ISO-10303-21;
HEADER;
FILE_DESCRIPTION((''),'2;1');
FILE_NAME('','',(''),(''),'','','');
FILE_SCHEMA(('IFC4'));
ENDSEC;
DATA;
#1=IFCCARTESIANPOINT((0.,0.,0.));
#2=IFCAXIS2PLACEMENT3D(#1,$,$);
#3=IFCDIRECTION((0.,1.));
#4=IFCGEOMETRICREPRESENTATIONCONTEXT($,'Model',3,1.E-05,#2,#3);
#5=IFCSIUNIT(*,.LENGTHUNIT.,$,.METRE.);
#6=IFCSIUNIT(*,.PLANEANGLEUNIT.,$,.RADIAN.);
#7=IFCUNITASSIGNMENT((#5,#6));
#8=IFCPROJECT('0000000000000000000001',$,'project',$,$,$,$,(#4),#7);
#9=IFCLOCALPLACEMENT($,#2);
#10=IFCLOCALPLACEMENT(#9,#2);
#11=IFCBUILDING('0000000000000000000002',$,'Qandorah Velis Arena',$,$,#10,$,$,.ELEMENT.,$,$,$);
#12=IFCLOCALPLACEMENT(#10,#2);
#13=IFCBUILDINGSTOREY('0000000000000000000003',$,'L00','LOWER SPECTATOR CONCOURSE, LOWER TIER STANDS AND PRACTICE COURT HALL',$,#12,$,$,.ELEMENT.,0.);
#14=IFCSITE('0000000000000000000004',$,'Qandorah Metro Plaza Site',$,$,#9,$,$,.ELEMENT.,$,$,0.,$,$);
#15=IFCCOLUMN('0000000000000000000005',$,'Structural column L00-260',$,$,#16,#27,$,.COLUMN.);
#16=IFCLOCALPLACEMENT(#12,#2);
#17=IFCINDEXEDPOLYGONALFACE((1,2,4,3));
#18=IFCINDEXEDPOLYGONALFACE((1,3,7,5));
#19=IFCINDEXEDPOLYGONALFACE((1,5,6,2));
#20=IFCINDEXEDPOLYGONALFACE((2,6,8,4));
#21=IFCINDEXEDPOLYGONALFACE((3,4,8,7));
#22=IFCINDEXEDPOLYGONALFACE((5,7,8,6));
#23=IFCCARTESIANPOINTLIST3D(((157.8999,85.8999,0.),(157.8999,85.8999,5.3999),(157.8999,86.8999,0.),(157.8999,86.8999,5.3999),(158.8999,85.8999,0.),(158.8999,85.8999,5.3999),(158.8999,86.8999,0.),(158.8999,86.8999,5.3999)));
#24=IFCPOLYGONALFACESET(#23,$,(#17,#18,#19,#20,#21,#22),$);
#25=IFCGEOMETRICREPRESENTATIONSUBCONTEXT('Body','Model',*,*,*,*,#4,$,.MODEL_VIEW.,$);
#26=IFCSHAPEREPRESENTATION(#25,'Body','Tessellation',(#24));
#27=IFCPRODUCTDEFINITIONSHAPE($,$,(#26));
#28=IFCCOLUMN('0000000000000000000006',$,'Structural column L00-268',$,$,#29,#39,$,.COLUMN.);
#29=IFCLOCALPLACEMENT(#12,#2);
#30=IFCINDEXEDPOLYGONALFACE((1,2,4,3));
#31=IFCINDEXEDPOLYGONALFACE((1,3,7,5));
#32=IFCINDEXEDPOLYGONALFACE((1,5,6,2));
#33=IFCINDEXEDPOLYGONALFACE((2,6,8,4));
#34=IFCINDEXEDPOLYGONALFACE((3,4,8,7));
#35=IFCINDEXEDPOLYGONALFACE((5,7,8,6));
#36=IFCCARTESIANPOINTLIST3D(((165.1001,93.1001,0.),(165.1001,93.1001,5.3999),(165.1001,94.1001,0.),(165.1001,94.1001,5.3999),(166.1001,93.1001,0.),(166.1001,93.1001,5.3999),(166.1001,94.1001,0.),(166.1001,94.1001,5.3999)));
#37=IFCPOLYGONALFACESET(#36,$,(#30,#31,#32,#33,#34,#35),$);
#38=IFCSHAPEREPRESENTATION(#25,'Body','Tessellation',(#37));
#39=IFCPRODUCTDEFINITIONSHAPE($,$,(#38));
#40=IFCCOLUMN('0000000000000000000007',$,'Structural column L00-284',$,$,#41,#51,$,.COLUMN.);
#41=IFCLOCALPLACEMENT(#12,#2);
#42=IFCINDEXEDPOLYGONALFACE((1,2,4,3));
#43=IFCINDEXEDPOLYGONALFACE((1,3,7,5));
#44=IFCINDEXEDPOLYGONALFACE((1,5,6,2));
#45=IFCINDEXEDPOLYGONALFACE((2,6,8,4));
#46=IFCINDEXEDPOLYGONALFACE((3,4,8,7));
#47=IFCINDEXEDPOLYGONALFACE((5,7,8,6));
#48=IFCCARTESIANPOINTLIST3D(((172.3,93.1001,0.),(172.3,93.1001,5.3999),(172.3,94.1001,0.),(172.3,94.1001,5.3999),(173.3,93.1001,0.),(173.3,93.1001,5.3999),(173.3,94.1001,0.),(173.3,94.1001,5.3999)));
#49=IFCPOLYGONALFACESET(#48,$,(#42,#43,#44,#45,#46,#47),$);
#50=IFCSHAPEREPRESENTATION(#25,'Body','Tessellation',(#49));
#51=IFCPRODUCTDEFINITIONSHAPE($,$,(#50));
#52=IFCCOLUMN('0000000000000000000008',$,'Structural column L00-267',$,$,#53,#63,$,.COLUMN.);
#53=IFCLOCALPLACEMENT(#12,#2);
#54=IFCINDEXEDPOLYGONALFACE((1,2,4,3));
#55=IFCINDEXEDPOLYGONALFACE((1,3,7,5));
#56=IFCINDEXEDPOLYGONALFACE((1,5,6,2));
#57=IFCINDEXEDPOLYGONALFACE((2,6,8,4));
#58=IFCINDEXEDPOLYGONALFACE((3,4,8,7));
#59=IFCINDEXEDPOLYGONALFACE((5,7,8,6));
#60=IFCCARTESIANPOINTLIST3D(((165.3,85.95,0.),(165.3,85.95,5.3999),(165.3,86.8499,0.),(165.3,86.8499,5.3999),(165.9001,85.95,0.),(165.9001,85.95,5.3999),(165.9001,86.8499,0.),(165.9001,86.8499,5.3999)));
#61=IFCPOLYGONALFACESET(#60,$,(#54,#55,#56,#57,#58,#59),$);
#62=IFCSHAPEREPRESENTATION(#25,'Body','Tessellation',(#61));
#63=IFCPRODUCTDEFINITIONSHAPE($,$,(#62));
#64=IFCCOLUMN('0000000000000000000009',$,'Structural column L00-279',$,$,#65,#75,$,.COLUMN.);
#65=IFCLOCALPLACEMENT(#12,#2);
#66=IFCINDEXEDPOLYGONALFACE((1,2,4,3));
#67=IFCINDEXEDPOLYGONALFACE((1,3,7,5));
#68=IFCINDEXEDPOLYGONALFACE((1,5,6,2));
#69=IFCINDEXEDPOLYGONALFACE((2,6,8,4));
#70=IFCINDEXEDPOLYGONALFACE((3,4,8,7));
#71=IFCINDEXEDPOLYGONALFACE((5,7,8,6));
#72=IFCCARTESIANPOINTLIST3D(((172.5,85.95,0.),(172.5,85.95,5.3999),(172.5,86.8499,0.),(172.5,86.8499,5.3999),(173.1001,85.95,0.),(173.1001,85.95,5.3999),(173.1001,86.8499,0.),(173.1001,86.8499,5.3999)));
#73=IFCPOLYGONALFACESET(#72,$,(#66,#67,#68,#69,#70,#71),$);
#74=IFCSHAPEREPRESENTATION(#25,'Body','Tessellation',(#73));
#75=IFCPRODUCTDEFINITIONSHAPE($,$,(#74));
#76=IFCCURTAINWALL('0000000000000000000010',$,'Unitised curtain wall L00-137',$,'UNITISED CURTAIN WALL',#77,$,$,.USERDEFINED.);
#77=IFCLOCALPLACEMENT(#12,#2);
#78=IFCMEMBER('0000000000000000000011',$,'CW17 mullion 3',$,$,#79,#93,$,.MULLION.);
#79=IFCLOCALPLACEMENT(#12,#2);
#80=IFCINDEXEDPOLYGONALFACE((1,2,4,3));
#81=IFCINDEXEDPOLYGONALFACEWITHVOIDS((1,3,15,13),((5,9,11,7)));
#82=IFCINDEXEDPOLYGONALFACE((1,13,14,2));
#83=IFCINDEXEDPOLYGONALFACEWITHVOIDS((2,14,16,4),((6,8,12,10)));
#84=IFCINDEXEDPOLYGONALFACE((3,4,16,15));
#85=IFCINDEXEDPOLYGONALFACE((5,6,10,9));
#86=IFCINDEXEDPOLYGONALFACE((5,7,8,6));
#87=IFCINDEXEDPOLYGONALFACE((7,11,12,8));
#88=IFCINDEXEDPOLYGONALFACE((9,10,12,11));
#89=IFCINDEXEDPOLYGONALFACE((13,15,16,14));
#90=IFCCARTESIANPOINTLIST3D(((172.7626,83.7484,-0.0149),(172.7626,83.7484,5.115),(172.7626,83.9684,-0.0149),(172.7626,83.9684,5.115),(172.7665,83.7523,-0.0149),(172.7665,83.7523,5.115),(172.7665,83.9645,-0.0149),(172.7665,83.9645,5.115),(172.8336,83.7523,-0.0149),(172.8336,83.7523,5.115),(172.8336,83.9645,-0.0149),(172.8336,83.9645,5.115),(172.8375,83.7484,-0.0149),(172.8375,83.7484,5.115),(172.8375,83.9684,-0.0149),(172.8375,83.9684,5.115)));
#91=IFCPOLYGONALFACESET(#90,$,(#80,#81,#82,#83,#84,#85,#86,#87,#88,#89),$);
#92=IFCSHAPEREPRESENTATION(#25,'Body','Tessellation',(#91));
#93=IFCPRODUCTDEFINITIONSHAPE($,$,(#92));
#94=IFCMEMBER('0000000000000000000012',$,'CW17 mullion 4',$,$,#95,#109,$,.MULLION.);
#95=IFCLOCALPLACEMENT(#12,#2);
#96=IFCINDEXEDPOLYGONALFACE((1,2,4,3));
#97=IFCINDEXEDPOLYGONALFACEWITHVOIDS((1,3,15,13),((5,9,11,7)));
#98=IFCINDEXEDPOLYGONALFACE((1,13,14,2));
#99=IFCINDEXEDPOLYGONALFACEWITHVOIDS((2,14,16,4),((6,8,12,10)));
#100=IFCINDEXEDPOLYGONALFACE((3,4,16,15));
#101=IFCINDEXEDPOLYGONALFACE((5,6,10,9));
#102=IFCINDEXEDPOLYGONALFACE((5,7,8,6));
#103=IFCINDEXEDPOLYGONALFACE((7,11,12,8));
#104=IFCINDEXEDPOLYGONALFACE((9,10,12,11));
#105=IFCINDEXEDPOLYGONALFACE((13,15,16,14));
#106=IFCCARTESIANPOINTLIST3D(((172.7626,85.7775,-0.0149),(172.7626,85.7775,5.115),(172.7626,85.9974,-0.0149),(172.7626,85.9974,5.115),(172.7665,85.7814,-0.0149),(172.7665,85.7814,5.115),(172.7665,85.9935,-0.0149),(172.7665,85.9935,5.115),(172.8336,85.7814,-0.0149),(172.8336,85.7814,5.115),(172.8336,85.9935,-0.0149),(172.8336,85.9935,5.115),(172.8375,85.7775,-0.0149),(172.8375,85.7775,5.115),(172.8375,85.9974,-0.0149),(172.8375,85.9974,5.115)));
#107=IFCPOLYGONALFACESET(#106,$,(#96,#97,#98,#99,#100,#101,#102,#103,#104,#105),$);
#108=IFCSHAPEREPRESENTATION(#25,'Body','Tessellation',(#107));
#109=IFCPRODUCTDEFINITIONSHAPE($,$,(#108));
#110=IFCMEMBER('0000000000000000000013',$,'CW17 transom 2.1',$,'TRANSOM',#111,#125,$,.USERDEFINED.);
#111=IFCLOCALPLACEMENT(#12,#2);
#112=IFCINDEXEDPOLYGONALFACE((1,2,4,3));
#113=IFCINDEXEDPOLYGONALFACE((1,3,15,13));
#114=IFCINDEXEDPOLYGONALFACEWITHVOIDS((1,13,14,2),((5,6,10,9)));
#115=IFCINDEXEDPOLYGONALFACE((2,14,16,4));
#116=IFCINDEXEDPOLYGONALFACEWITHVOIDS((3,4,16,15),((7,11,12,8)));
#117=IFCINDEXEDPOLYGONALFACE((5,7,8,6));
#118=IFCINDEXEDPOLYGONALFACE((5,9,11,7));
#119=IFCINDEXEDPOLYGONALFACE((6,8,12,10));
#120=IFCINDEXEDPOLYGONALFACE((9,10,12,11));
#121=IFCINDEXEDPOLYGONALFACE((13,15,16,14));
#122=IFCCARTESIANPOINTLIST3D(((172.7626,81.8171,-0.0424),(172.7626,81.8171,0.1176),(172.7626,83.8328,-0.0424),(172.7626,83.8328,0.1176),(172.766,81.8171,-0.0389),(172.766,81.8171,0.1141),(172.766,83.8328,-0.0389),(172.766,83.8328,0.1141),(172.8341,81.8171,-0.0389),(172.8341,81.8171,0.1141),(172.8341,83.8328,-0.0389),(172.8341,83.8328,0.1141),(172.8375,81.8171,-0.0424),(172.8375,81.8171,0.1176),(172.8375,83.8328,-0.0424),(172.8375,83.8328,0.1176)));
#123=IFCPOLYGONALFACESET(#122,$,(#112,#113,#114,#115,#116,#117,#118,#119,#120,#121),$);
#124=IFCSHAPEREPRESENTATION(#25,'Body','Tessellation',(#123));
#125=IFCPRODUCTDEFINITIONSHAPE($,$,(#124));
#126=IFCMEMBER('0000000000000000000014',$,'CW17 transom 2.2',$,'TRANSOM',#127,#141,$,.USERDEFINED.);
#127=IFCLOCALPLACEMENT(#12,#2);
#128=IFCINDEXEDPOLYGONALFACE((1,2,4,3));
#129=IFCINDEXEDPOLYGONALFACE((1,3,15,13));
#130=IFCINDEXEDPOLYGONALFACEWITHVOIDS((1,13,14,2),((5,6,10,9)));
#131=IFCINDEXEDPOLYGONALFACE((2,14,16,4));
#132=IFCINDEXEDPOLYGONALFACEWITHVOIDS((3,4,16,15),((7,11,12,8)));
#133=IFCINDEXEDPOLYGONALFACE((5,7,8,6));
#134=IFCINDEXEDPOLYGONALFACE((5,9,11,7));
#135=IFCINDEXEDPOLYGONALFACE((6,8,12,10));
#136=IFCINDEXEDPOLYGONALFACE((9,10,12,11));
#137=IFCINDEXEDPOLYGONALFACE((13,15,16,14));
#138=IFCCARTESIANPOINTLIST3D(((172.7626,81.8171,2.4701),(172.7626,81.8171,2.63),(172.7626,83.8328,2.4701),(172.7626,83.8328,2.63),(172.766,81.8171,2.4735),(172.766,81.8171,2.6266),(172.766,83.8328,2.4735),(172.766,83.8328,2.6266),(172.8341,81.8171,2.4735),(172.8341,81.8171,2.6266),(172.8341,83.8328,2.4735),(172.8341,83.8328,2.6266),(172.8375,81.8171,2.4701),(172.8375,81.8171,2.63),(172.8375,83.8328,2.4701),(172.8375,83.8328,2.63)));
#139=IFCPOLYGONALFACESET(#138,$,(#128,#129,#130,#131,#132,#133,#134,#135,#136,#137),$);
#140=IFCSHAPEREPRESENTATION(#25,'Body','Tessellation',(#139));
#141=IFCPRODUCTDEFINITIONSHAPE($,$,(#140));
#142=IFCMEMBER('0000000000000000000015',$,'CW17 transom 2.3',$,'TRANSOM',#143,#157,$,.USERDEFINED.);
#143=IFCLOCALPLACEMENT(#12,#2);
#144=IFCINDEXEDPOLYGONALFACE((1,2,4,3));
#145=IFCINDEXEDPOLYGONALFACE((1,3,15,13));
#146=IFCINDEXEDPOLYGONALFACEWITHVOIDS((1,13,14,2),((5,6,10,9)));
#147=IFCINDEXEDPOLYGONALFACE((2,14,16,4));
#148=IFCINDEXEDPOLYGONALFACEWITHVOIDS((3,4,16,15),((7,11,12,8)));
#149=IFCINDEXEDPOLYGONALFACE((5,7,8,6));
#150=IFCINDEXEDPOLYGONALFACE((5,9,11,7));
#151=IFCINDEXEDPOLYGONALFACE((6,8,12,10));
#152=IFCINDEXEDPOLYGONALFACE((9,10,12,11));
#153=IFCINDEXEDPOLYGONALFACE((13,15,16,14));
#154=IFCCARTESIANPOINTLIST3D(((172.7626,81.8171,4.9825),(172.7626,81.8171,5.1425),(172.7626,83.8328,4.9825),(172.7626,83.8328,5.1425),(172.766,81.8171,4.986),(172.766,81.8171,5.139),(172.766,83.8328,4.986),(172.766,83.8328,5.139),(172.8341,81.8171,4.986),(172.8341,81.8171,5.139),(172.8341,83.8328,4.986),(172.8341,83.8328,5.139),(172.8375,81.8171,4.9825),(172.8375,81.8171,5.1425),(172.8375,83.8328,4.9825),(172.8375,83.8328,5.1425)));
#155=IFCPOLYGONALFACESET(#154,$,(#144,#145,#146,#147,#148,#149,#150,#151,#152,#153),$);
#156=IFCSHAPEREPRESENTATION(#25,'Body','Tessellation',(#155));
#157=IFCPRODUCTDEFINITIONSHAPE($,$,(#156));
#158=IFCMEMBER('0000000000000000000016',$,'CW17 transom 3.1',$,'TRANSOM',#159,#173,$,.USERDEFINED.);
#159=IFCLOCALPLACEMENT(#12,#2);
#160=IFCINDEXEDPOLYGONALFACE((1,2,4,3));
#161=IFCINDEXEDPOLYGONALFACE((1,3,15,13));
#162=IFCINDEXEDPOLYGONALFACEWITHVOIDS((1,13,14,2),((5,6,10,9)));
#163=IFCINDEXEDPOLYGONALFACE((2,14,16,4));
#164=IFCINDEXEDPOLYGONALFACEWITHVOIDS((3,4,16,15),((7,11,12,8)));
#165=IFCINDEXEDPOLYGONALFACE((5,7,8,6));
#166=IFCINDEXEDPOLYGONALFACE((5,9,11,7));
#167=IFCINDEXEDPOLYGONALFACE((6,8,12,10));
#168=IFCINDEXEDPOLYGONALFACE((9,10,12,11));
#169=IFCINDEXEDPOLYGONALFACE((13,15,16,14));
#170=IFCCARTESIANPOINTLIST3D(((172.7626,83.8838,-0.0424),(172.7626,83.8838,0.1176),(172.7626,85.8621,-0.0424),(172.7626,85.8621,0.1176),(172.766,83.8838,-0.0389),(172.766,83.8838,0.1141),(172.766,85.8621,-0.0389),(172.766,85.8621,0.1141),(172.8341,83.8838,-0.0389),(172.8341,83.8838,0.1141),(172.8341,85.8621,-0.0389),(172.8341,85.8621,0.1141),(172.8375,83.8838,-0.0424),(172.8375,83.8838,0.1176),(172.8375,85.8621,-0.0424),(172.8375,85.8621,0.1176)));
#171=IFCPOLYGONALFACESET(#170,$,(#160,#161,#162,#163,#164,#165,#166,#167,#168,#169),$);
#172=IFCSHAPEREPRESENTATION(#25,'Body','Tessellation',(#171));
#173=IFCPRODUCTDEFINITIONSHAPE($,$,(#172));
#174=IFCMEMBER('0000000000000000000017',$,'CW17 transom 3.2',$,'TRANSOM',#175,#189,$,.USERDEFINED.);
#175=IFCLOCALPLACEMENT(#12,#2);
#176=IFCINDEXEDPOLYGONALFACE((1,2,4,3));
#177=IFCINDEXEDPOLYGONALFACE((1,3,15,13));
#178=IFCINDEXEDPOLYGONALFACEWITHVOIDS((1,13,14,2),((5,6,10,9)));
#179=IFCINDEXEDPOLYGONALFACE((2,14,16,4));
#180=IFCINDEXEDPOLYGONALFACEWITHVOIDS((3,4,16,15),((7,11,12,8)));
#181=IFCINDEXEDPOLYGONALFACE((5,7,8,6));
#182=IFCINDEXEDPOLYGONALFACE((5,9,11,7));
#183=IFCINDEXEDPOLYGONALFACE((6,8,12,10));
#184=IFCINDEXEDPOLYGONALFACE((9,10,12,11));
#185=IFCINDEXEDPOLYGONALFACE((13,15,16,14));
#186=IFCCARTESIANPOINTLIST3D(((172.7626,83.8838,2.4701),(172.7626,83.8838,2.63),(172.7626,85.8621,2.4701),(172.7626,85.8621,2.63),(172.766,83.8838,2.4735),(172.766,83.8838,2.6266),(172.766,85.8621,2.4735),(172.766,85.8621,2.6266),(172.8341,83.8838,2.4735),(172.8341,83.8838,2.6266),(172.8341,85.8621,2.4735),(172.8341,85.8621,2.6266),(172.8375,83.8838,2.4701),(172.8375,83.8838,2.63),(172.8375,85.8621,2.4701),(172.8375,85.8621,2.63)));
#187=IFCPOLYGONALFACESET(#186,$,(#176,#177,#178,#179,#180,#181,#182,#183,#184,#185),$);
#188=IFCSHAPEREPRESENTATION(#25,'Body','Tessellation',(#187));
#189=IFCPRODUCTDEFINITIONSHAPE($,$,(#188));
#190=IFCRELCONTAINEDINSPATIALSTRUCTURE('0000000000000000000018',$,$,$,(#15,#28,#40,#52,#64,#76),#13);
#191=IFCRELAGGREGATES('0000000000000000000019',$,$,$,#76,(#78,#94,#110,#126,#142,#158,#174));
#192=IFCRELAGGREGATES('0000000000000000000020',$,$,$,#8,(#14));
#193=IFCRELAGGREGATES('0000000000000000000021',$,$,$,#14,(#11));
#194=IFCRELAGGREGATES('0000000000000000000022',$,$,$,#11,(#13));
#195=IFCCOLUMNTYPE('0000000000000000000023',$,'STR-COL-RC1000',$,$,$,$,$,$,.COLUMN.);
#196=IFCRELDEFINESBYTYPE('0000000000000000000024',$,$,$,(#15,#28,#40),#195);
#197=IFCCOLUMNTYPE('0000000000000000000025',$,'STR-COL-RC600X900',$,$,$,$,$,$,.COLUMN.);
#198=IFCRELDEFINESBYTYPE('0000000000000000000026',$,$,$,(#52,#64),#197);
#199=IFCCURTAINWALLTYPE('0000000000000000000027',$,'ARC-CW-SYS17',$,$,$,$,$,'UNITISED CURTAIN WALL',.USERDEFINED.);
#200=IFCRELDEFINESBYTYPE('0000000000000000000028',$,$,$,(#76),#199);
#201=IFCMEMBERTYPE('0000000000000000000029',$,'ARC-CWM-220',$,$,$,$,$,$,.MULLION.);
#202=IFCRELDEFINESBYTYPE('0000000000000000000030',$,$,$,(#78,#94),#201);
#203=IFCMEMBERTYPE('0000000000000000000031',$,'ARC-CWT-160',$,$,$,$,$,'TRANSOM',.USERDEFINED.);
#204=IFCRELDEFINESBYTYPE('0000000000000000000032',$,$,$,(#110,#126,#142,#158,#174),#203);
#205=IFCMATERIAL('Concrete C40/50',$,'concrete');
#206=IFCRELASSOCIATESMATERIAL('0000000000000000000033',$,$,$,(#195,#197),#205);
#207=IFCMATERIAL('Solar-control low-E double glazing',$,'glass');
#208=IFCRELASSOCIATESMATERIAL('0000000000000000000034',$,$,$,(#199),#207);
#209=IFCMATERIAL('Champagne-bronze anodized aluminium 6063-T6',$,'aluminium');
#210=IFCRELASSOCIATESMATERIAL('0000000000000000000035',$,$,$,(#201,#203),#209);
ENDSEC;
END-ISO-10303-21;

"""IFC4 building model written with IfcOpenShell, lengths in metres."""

from ifc_helpers import new_model, si_unit, direction, frame, origin, origin_2d, place, context, subcontext, project, spatial, rectangle, hollow_rectangle, extrude, material, material_profile, profile_set, type_object, element, aggregate, save


model = new_model("IFC4")

# Units and contexts
model_context = context("Model", 3, precision=1e-05, world=origin(), true_north=direction((0.0, 1.0)))
body_context = subcontext(model_context, "Body", "Model", "MODEL_VIEW")
ifc_project = project(units=[si_unit("LENGTHUNIT", "METRE"), si_unit("PLANEANGLEUNIT", "RADIAN")], contexts=[model_context])

# Site, building, storey
site_placement = place(None, origin())
site = spatial("IfcSite", under=ifc_project, at=site_placement, Name="Qandorah Metro Plaza Site", CompositionType="ELEMENT", RefElevation=0.0)
building_placement = place(site_placement, origin())
building = spatial("IfcBuilding", under=site, at=building_placement, Name="Qandorah Velis Arena", CompositionType="ELEMENT")
storey_placement = place(building_placement, origin())
storey = spatial("IfcBuildingStorey", under=building, at=storey_placement, Name="L00", Description="LOWER SPECTATOR CONCOURSE, LOWER TIER STANDS AND PRACTICE COURT HALL", CompositionType="ELEMENT", Elevation=0.0)

# Columns
ifc_material_1 = material(Name="Concrete C40/50", Category="concrete")
ifc_material_profile_1 = material_profile(ifc_material_1, rectangle(XDim=1.0, YDim=1.0, at=origin_2d()), Name="RC COL 1000x1000")
ifc_profile_set_1 = profile_set([ifc_material_profile_1], Name="Concrete C40/50")
column_type_1 = type_object("IfcColumnType", Name="STR-COL-RC1000", PredefinedType="COLUMN", material=ifc_profile_set_1)
for number, where, z_axis, x_axis, name in (
    (1, (158.3999, 86.3999, 0.0), (0.0, 0.0, 1.0), (1.0, 0.0, 0.0), "Structural column L00-260"),
    (2, (165.6001, 93.6001, 0.0), (0.0, 0.0, 1.0), (1.0, 0.0, 0.0), "Structural column L00-268"),
    (3, (172.8, 93.6001, 0.0), (0.0, 0.0, 1.0), (1.0, 0.0, 0.0), "Structural column L00-284"),
):
    element("IfcColumn", number, at=place(storey_placement, frame(where, z_axis=z_axis, x_axis=x_axis)), inside=storey, type_object=column_type_1, Name=name, PredefinedType="COLUMN", context=body_context, shape_type="SweptSolid", body=[
        extrude(rectangle(XDim=1.0, YDim=1.0, at=origin_2d()), origin(), (0.0, 0.0, 1.0), 5.3999),
    ])
ifc_material_profile_2 = material_profile(ifc_material_1, rectangle(XDim=0.6001, YDim=0.8999, at=origin_2d()), Name="RC COL 600x900")
ifc_profile_set_2 = profile_set([ifc_material_profile_2], Name="Concrete C40/50")
column_type_2 = type_object("IfcColumnType", Name="STR-COL-RC600X900", PredefinedType="COLUMN", material=ifc_profile_set_2)
for number, where, z_axis, x_axis, name in (
    (4, (165.6001, 86.3999, 0.0), (0.0, 0.0, 1.0), (1.0, 0.0, 0.0), "Structural column L00-267"),
    (5, (172.8, 86.3999, 0.0), (0.0, 0.0, 1.0), (1.0, 0.0, 0.0), "Structural column L00-279"),
):
    element("IfcColumn", number, at=place(storey_placement, frame(where, z_axis=z_axis, x_axis=x_axis)), inside=storey, type_object=column_type_2, Name=name, PredefinedType="COLUMN", context=body_context, shape_type="SweptSolid", body=[
        extrude(rectangle(XDim=0.6001, YDim=0.8999, at=origin_2d()), origin(), (0.0, 0.0, 1.0), 5.3999),
    ])

# Curtain wall, members
ifc_material_2 = material(Name="Solar-control low-E double glazing", Category="glass")
curtain_wall_type = type_object("IfcCurtainWallType", Name="ARC-CW-SYS17", ElementType="UNITISED CURTAIN WALL", PredefinedType="USERDEFINED", material=ifc_material_2)
curtain_wall_placement = place(storey_placement, origin())
curtain_wall = element("IfcCurtainWall", 6, at=curtain_wall_placement, inside=storey, type_object=curtain_wall_type, Name="Unitised curtain wall L00-137", ObjectType="UNITISED CURTAIN WALL", PredefinedType="USERDEFINED")
ifc_material_3 = material(Name="Champagne-bronze anodized aluminium 6063-T6", Category="aluminium")
ifc_material_profile_3 = material_profile(ifc_material_3, hollow_rectangle(XDim=0.075, YDim=0.22, WallThickness=0.0039, at=origin_2d()), Name="ALU MULLION 75x220")
ifc_profile_set_3 = profile_set([ifc_material_profile_3], Name="Champagne-bronze anodized aluminium 6063-T6")
member_type_1 = type_object("IfcMemberType", Name="ARC-CWM-220", PredefinedType="MULLION", material=ifc_profile_set_3)
member_1_placement = place(storey_placement, frame((172.8, 83.8584, -0.0149), z_axis=(0.0, 0.0, 1.0), x_axis=(-1.0, 0.0, 0.0)))
member_1 = element("IfcMember", 7, at=member_1_placement, type_object=member_type_1, Name="CW17 mullion 3", PredefinedType="MULLION", context=body_context, shape_type="SweptSolid", body=[
    extrude(hollow_rectangle(XDim=0.075, YDim=0.22, WallThickness=0.0039, at=origin_2d()), origin(), (0.0, 0.0, 1.0), 5.1299),
])
member_2_placement = place(storey_placement, frame((172.8, 85.8875, -0.0149), z_axis=(0.0, 0.0, 1.0), x_axis=(-1.0, 0.0, 0.0)))
member_2 = element("IfcMember", 8, at=member_2_placement, type_object=member_type_1, Name="CW17 mullion 4", PredefinedType="MULLION", context=body_context, shape_type="SweptSolid", body=[
    extrude(hollow_rectangle(XDim=0.075, YDim=0.22, WallThickness=0.0039, at=origin_2d()), origin(), (0.0, 0.0, 1.0), 5.1299),
])
ifc_material_profile_4 = material_profile(ifc_material_3, hollow_rectangle(XDim=0.075, YDim=0.1599, WallThickness=0.0034, at=origin_2d()), Name="ALU TRANSOM 75x160")
ifc_profile_set_4 = profile_set([ifc_material_profile_4], Name="Champagne-bronze anodized aluminium 6063-T6")
member_type_2 = type_object("IfcMemberType", Name="ARC-CWT-160", ElementType="TRANSOM", PredefinedType="USERDEFINED", material=ifc_profile_set_4)
member_3_placement = place(storey_placement, frame((172.8, 81.8171, 0.0376), z_axis=(0.0, 1.0, 0.0), x_axis=(-1.0, 0.0, 0.0)))
member_3 = element("IfcMember", 9, at=member_3_placement, type_object=member_type_2, Name="CW17 transom 2.1", ObjectType="TRANSOM", PredefinedType="USERDEFINED", context=body_context, shape_type="SweptSolid", body=[
    extrude(hollow_rectangle(XDim=0.075, YDim=0.1599, WallThickness=0.0034, at=origin_2d()), origin(), (0.0, 0.0, 1.0), 2.0156),
])
member_4_placement = place(storey_placement, frame((172.8, 81.8171, 2.55), z_axis=(0.0, 1.0, 0.0), x_axis=(-1.0, 0.0, 0.0)))
member_4 = element("IfcMember", 10, at=member_4_placement, type_object=member_type_2, Name="CW17 transom 2.2", ObjectType="TRANSOM", PredefinedType="USERDEFINED", context=body_context, shape_type="SweptSolid", body=[
    extrude(hollow_rectangle(XDim=0.075, YDim=0.1599, WallThickness=0.0034, at=origin_2d()), origin(), (0.0, 0.0, 1.0), 2.0156),
])
member_5_placement = place(storey_placement, frame((172.8, 81.8171, 5.0625), z_axis=(0.0, 1.0, 0.0), x_axis=(-1.0, 0.0, 0.0)))
member_5 = element("IfcMember", 11, at=member_5_placement, type_object=member_type_2, Name="CW17 transom 2.3", ObjectType="TRANSOM", PredefinedType="USERDEFINED", context=body_context, shape_type="SweptSolid", body=[
    extrude(hollow_rectangle(XDim=0.075, YDim=0.1599, WallThickness=0.0034, at=origin_2d()), origin(), (0.0, 0.0, 1.0), 2.0156),
])
member_6_placement = place(storey_placement, frame((172.8, 83.8838, 0.0376), z_axis=(0.0, 1.0, 0.0), x_axis=(-1.0, 0.0, 0.0)))
member_6 = element("IfcMember", 12, at=member_6_placement, type_object=member_type_2, Name="CW17 transom 3.1", ObjectType="TRANSOM", PredefinedType="USERDEFINED", context=body_context, shape_type="SweptSolid", body=[
    extrude(hollow_rectangle(XDim=0.075, YDim=0.1599, WallThickness=0.0034, at=origin_2d()), origin(), (0.0, 0.0, 1.0), 1.9783),
])
member_7_placement = place(storey_placement, frame((172.8, 83.8838, 2.55), z_axis=(0.0, 1.0, 0.0), x_axis=(-1.0, 0.0, 0.0)))
member_7 = element("IfcMember", 13, at=member_7_placement, type_object=member_type_2, Name="CW17 transom 3.2", ObjectType="TRANSOM", PredefinedType="USERDEFINED", context=body_context, shape_type="SweptSolid", body=[
    extrude(hollow_rectangle(XDim=0.075, YDim=0.1599, WallThickness=0.0034, at=origin_2d()), origin(), (0.0, 0.0, 1.0), 1.9783),
])

aggregate(curtain_wall, [member_1, member_2, member_3, member_4, member_5, member_6, member_7])

save(model, "model.ifc")
